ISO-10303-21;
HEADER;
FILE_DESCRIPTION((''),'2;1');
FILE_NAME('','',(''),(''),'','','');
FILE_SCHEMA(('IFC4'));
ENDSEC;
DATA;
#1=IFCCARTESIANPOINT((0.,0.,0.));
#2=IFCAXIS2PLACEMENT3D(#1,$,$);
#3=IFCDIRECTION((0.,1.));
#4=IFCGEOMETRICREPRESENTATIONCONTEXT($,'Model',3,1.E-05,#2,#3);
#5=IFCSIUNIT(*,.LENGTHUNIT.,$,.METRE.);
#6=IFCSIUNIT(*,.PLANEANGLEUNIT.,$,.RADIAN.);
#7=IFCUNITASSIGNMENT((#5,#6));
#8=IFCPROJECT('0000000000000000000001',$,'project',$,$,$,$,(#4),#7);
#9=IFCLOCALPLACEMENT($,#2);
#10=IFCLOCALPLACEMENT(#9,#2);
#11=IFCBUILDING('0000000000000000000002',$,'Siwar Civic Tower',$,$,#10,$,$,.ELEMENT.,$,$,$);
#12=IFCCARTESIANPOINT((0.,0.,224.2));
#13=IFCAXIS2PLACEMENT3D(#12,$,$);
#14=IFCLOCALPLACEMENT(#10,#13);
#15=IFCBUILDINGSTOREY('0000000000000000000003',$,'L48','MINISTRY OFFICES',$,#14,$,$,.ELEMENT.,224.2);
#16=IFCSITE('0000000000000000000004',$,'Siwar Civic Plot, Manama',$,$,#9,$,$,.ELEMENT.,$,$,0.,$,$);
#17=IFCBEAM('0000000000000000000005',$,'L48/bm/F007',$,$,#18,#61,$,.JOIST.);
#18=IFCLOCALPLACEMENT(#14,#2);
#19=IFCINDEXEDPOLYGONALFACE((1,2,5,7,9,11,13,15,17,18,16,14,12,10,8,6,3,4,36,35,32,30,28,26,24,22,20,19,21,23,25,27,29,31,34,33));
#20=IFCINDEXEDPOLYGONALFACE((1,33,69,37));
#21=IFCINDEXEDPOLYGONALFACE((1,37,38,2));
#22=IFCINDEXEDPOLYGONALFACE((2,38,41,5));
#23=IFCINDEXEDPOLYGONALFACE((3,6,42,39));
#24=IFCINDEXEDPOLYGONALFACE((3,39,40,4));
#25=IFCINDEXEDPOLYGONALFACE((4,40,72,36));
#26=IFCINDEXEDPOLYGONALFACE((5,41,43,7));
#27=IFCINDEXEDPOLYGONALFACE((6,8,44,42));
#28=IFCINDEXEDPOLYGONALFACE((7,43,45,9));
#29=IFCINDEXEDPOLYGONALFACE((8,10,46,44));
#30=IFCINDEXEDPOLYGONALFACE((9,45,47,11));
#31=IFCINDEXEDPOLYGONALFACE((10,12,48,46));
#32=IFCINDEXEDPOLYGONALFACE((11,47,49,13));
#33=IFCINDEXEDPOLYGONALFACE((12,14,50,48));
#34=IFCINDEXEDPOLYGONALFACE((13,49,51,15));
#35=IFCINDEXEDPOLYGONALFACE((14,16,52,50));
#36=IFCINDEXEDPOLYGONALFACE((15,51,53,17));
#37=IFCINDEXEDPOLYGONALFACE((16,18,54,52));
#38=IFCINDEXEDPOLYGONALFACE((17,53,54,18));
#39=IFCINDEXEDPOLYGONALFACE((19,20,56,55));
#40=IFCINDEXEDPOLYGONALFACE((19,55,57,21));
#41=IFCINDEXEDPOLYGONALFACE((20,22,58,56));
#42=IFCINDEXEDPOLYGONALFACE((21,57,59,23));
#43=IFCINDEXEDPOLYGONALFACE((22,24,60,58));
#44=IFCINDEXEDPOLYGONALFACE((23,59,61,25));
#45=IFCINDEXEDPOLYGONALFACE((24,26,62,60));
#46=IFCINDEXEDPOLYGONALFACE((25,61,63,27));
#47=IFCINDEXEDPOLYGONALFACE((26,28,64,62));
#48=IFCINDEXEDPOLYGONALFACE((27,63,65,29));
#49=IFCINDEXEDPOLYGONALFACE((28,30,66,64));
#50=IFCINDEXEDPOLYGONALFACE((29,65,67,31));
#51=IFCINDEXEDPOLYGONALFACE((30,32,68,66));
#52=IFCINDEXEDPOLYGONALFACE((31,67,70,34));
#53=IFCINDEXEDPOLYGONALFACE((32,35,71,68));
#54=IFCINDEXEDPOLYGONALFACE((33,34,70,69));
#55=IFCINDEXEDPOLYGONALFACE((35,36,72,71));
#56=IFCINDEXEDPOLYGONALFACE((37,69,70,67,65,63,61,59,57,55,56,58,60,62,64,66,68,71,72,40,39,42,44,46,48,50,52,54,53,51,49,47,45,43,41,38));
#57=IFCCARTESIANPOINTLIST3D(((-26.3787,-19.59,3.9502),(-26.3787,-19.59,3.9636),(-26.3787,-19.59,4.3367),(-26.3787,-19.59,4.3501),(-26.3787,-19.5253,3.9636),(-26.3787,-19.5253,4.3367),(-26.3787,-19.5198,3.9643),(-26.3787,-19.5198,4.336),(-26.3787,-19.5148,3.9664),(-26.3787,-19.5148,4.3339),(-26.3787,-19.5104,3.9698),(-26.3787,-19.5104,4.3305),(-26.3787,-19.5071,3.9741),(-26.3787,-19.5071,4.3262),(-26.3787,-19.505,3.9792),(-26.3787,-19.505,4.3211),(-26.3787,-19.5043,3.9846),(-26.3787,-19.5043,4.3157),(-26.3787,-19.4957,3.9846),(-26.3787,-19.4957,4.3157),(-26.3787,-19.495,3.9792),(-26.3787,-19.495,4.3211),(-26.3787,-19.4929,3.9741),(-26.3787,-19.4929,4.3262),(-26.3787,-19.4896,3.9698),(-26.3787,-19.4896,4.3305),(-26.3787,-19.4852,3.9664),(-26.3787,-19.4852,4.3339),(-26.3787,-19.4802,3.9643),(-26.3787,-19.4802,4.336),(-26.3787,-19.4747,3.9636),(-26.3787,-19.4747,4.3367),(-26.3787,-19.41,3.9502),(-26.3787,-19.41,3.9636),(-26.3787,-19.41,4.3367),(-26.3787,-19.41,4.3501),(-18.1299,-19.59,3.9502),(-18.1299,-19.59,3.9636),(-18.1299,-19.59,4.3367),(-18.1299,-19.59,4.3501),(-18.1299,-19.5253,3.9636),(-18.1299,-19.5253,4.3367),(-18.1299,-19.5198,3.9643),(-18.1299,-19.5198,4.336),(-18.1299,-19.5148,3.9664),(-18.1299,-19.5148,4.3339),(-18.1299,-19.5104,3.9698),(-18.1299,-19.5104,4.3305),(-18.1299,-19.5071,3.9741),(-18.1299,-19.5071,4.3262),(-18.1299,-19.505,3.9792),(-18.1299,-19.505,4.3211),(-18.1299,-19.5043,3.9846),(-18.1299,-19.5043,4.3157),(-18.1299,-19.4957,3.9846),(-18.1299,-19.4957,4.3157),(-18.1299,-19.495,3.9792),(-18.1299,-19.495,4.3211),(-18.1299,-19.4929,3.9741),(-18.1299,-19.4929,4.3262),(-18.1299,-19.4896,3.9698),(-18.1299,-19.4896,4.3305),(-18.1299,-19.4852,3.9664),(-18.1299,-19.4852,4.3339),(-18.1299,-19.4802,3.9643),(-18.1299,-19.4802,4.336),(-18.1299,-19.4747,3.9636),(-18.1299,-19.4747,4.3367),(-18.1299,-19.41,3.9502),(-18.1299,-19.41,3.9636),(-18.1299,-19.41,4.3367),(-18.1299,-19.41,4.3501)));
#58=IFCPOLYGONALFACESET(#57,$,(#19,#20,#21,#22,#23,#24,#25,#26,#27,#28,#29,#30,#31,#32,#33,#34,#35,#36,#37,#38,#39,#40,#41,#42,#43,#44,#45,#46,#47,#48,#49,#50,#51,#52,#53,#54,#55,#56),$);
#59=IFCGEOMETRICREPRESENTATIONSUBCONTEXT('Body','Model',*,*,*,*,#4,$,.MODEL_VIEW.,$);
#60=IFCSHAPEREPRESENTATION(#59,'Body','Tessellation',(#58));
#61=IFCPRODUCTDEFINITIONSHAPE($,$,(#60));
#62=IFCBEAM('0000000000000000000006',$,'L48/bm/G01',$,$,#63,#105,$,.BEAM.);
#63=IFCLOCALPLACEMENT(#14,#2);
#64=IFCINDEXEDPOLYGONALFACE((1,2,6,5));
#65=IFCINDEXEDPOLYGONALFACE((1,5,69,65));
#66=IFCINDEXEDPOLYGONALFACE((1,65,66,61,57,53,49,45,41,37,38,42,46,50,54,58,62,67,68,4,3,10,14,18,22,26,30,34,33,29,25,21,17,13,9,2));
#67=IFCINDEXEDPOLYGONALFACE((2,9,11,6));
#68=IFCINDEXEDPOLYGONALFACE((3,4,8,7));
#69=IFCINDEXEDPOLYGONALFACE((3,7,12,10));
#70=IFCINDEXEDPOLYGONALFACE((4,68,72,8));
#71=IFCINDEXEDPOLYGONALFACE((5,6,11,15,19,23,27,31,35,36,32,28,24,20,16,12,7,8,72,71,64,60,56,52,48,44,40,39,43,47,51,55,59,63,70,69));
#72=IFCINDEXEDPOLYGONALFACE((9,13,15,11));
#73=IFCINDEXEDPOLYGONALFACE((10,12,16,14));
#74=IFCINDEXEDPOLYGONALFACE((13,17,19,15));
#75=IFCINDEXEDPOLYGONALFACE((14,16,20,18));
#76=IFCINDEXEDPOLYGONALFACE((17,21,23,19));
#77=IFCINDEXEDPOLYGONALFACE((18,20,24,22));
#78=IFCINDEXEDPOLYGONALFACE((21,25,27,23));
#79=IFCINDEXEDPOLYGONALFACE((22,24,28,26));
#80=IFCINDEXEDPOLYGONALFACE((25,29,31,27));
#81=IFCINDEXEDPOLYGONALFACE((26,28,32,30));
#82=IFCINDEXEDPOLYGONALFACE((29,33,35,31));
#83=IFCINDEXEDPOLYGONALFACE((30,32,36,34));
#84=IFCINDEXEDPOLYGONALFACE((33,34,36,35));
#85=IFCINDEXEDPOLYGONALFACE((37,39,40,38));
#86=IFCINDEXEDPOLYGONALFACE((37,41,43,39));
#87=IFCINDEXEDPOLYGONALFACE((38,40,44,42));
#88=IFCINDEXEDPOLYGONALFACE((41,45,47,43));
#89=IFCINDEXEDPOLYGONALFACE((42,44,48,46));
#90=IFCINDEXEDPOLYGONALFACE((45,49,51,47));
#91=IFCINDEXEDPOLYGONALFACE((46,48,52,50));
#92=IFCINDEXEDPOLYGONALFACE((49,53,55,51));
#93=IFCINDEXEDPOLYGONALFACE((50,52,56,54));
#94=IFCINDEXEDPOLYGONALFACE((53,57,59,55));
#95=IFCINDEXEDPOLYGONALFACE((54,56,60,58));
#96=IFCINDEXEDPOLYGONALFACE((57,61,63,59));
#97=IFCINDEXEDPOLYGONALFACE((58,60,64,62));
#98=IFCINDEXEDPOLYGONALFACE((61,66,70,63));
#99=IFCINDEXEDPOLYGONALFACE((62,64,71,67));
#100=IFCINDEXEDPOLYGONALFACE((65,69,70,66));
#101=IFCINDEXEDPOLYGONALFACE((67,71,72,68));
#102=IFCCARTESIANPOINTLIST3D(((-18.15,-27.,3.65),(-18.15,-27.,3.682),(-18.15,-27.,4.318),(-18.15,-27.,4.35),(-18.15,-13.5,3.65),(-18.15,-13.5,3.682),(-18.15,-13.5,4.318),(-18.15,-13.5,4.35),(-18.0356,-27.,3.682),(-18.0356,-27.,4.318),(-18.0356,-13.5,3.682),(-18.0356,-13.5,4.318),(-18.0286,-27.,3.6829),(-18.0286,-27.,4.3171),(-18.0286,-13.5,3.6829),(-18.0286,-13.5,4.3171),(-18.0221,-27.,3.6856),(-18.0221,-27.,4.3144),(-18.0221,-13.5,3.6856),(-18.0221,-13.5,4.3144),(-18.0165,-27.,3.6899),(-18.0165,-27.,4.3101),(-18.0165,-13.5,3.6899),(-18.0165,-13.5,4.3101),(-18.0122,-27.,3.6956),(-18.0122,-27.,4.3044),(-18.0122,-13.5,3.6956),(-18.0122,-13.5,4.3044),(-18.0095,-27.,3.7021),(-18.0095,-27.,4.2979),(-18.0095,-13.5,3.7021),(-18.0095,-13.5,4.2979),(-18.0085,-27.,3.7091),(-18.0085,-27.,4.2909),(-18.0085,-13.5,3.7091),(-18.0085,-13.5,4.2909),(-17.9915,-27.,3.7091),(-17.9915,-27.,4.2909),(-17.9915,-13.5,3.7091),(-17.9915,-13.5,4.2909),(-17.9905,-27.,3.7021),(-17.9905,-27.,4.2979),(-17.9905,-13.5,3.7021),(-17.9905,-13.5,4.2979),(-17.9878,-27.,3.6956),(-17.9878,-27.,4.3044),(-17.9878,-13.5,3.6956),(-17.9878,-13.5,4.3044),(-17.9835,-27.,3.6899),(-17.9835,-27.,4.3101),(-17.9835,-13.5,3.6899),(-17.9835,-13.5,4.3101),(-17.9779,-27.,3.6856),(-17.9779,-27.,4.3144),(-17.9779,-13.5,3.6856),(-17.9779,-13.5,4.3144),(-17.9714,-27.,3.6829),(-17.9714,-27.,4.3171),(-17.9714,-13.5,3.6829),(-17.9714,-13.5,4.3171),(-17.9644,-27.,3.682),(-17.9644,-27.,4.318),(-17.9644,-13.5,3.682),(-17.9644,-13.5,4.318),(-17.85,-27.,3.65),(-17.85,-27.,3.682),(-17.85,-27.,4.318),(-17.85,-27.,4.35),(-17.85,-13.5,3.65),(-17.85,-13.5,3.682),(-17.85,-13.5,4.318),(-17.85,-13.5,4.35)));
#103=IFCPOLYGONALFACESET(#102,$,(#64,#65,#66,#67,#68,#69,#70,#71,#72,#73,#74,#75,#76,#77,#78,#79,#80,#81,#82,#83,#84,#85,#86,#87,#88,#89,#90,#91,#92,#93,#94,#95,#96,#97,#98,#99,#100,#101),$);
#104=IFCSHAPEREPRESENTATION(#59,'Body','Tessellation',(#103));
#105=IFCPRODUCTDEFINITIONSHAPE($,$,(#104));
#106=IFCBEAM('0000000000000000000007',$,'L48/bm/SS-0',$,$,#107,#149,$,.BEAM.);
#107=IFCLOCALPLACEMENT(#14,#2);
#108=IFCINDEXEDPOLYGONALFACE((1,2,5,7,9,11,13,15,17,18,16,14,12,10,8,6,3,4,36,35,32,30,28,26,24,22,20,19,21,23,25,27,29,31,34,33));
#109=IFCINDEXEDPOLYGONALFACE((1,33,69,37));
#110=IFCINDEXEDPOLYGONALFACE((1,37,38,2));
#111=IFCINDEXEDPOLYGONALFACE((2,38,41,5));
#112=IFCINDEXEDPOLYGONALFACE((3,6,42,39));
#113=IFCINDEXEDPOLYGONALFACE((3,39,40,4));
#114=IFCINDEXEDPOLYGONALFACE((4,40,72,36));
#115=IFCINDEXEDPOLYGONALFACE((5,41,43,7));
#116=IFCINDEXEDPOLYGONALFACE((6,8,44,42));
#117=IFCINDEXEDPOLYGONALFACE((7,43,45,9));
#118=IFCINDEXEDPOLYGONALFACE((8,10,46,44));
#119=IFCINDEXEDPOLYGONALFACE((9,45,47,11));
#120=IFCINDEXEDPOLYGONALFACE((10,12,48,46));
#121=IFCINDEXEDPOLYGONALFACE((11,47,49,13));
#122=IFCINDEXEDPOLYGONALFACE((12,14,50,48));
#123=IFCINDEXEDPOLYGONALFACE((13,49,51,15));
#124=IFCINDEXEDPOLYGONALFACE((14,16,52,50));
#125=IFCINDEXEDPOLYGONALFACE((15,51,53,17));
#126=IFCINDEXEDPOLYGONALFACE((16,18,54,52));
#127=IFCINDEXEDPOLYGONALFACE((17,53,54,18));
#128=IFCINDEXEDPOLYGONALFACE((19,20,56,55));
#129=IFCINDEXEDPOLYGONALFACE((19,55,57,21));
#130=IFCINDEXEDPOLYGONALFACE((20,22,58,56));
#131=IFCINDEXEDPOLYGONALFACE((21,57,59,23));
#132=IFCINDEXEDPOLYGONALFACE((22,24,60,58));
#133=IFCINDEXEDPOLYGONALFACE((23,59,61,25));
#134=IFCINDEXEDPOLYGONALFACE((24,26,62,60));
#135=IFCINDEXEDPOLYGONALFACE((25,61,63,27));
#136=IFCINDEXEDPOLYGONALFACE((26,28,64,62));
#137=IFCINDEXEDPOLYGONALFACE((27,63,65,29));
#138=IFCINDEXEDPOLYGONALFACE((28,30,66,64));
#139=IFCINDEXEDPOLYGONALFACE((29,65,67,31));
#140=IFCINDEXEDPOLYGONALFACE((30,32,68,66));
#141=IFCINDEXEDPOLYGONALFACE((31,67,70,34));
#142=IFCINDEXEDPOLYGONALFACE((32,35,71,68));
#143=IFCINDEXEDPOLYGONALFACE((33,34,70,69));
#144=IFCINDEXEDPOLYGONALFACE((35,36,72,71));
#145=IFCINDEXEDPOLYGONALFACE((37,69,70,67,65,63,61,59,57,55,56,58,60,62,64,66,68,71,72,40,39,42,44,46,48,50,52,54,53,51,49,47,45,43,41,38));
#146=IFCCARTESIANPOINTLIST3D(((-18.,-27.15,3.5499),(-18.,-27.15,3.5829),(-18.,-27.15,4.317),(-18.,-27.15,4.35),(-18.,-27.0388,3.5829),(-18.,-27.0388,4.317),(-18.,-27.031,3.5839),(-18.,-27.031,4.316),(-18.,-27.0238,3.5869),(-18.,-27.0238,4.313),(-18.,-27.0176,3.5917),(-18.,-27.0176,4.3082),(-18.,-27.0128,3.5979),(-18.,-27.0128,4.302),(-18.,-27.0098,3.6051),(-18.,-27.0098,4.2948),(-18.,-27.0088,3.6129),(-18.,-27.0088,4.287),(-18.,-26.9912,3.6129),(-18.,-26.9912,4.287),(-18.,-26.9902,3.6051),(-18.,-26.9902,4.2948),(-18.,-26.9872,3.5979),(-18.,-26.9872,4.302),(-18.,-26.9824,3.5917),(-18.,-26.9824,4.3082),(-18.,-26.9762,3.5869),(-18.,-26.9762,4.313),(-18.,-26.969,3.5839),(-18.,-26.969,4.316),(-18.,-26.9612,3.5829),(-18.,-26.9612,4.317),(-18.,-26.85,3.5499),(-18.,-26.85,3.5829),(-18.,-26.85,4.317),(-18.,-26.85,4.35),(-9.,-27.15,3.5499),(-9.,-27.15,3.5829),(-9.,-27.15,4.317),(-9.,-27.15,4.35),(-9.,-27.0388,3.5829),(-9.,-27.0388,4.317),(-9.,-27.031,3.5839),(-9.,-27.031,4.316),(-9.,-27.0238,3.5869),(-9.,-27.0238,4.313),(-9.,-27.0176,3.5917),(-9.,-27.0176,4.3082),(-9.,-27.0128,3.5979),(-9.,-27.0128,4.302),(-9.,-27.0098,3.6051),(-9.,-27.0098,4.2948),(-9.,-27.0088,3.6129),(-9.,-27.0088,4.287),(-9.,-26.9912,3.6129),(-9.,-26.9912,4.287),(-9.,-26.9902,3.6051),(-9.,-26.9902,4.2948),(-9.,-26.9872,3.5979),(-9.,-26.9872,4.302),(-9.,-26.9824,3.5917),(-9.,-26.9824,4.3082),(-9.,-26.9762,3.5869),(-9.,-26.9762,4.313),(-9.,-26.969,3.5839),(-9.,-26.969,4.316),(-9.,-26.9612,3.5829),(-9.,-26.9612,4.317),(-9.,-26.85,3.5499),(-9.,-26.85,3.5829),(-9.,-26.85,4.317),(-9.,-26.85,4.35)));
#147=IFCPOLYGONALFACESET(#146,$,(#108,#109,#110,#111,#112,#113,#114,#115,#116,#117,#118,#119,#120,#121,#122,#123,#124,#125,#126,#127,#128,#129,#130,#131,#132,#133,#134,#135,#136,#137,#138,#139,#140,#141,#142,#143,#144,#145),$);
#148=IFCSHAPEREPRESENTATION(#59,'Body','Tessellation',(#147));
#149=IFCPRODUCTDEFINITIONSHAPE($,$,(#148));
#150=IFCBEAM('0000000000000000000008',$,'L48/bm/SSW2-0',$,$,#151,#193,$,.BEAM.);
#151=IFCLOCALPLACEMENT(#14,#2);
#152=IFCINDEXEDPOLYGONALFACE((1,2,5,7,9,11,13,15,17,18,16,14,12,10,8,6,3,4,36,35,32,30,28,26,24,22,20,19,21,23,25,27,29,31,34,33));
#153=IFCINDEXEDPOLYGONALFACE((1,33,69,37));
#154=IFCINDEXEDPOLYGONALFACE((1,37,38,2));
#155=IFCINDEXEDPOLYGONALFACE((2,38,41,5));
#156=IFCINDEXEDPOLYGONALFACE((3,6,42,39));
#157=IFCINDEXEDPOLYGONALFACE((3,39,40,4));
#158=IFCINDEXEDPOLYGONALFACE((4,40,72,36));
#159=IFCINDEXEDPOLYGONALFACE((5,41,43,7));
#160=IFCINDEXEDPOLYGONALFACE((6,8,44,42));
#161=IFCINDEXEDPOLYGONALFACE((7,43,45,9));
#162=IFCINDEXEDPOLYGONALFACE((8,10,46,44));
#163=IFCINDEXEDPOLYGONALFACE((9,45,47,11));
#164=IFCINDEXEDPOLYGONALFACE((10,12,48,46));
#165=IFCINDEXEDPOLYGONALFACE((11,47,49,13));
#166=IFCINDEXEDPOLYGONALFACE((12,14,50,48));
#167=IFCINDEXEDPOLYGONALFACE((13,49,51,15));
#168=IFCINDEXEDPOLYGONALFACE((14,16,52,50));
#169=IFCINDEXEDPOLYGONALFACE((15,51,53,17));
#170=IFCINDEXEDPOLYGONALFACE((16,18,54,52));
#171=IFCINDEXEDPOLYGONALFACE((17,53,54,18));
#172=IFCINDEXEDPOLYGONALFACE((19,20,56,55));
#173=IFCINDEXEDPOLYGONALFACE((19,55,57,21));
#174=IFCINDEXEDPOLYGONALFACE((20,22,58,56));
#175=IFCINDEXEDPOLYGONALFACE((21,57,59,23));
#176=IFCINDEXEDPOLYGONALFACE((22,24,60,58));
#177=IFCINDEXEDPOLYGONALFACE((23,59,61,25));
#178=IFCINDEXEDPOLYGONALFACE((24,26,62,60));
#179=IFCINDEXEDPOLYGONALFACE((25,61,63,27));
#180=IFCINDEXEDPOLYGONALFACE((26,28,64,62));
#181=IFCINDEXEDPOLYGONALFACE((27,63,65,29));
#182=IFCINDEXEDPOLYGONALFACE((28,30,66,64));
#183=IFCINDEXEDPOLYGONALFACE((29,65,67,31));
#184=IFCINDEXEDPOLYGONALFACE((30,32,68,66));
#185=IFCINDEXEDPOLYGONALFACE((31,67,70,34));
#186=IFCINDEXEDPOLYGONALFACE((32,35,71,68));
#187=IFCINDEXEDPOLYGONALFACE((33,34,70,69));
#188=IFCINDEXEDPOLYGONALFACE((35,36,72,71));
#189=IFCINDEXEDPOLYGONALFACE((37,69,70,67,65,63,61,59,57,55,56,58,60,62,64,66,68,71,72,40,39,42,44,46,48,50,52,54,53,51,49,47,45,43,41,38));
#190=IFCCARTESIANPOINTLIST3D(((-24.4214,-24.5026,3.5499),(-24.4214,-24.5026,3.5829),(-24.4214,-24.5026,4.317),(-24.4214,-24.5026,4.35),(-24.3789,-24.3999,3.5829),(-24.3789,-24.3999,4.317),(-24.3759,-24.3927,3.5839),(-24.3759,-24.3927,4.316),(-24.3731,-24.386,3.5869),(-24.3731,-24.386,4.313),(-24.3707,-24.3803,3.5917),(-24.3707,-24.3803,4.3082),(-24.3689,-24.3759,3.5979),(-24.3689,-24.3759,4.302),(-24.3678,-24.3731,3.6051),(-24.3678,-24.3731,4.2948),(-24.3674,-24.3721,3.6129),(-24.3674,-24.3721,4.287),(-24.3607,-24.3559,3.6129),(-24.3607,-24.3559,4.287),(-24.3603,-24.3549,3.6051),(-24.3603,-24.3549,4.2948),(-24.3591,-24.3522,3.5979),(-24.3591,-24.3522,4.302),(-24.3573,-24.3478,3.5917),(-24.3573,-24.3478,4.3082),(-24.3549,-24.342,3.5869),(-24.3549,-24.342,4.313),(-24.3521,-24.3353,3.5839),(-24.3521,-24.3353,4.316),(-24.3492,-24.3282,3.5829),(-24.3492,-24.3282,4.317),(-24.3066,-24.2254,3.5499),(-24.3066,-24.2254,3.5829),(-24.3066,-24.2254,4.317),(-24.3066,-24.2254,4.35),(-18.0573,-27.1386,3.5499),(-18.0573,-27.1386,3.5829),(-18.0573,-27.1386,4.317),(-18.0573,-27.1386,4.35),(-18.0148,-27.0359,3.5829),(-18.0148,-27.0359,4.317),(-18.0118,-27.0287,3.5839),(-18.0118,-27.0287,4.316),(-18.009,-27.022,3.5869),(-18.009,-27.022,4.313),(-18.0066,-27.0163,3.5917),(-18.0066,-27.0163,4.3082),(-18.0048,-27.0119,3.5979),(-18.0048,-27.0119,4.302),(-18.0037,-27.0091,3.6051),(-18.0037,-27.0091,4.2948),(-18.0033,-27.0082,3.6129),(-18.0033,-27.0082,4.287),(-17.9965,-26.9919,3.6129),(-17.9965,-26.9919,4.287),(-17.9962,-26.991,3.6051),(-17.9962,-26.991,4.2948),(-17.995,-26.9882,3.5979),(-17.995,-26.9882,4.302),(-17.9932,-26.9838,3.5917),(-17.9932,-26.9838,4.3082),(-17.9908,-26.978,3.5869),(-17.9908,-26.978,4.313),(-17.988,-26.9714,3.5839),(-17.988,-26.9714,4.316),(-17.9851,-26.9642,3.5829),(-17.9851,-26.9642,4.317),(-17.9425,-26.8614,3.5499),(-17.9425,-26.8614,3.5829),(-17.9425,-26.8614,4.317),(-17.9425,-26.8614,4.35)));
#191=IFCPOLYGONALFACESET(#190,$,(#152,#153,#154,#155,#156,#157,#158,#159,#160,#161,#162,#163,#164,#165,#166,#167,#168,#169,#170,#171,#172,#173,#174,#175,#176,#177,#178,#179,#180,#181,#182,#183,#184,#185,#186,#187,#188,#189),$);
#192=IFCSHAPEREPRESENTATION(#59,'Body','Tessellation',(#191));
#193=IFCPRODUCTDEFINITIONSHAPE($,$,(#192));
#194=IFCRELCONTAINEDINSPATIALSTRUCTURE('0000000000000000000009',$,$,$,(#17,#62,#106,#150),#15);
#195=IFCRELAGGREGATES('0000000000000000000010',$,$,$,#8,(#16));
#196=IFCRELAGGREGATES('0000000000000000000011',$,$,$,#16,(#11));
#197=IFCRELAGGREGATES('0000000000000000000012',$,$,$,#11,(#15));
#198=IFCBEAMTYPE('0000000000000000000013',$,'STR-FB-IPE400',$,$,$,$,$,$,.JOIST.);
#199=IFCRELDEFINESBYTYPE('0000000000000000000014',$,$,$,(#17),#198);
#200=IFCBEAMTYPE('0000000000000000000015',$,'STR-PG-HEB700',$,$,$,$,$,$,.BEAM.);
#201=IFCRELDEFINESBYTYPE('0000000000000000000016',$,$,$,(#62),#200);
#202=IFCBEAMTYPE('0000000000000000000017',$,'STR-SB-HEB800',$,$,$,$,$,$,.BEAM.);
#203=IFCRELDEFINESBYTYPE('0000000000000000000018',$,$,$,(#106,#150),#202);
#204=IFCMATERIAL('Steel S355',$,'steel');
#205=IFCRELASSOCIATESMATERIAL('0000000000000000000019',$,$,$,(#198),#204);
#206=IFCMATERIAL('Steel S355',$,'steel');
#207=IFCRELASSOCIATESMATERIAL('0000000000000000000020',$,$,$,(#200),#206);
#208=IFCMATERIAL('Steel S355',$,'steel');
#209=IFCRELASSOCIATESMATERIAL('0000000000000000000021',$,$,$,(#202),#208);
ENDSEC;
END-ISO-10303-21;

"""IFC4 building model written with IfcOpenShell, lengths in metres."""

from ifc_helpers import new_model, si_unit, direction, frame, origin, origin_2d, place, context, subcontext, project, spatial, i_section, extrude, material, material_profile, profile_set, type_object, element, save


model = new_model("IFC4")

# Units and contexts
model_context = context("Model", 3, precision=1e-05, world=origin(), true_north=direction((0.0, 1.0)))
body_context = subcontext(model_context, "Body", "Model", "MODEL_VIEW")
ifc_project = project(units=[si_unit("LENGTHUNIT", "METRE"), si_unit("PLANEANGLEUNIT", "RADIAN")], contexts=[model_context])

# Site, building, storey
site_placement = place(None, origin())
site = spatial("IfcSite", under=ifc_project, at=site_placement, Name="Siwar Civic Plot, Manama", CompositionType="ELEMENT", RefElevation=0.0)
building_placement = place(site_placement, origin())
building = spatial("IfcBuilding", under=site, at=building_placement, Name="Siwar Civic Tower", CompositionType="ELEMENT")
storey_placement = place(building_placement, frame((0.0, 0.0, 224.2)))
storey = spatial("IfcBuildingStorey", under=building, at=storey_placement, Name="L48", Description="MINISTRY OFFICES", CompositionType="ELEMENT", Elevation=224.2)

# Beams
ifc_material_1 = material(Name="Steel S355", Category="steel")
ifc_material_profile_1 = material_profile(ifc_material_1, i_section(OverallWidth=0.1799, OverallDepth=0.3999, WebThickness=0.0085, FlangeThickness=0.0134, FilletRadius=0.021, at=origin_2d()), Name="IPE400")
ifc_profile_set_1 = profile_set([ifc_material_profile_1], Name="Steel S355")
beam_type_1 = type_object("IfcBeamType", Name="STR-FB-IPE400", PredefinedType="JOIST", material=ifc_profile_set_1)
beam_1_placement = place(storey_placement, frame((-26.3787, -19.5, 4.1501), z_axis=(1.0, 0.0, 0.0), x_axis=(0.0, 1.0, 0.0)))
element("IfcBeam", 1, at=beam_1_placement, inside=storey, type_object=beam_type_1, Name="L48/bm/F007", PredefinedType="JOIST", context=body_context, shape_type="SweptSolid", body=[
    extrude(i_section(OverallWidth=0.1799, OverallDepth=0.3999, WebThickness=0.0085, FlangeThickness=0.0134, FilletRadius=0.021, at=origin_2d()), origin(), (0.0, 0.0, 1.0), 8.2488),
])
ifc_material_2 = material(Name="Steel S355", Category="steel")
ifc_material_profile_2 = material_profile(ifc_material_2, i_section(OverallWidth=0.3, OverallDepth=0.7, WebThickness=0.0171, FlangeThickness=0.032, FilletRadius=0.0271, at=origin_2d()), Name="HEB700")
ifc_profile_set_2 = profile_set([ifc_material_profile_2], Name="Steel S355")
beam_type_2 = type_object("IfcBeamType", Name="STR-PG-HEB700", PredefinedType="BEAM", material=ifc_profile_set_2)
beam_2_placement = place(storey_placement, frame((-18.0, -27.0, 4.0), z_axis=(0.0, 1.0, 0.0), x_axis=(-1.0, 0.0, 0.0)))
element("IfcBeam", 2, at=beam_2_placement, inside=storey, type_object=beam_type_2, Name="L48/bm/G01", PredefinedType="BEAM", context=body_context, shape_type="SweptSolid", body=[
    extrude(i_section(OverallWidth=0.3, OverallDepth=0.7, WebThickness=0.0171, FlangeThickness=0.032, FilletRadius=0.0271, at=origin_2d()), origin(), (0.0, 0.0, 1.0), 13.5),
])
ifc_material_3 = material(Name="Steel S355", Category="steel")
ifc_material_profile_3 = material_profile(ifc_material_3, i_section(OverallWidth=0.3, OverallDepth=0.8, WebThickness=0.0176, FlangeThickness=0.033, FilletRadius=0.03, at=origin_2d()), Name="HEB800")
ifc_profile_set_3 = profile_set([ifc_material_profile_3], Name="Steel S355")
beam_type_3 = type_object("IfcBeamType", Name="STR-SB-HEB800", PredefinedType="BEAM", material=ifc_profile_set_3)
beam_3_placement = place(storey_placement, frame((-18.0, -27.0, 3.95), z_axis=(1.0, 0.0, 0.0), x_axis=(0.0, 1.0, 0.0)))
element("IfcBeam", 3, at=beam_3_placement, inside=storey, type_object=beam_type_3, Name="L48/bm/SS-0", PredefinedType="BEAM", context=body_context, shape_type="SweptSolid", body=[
    extrude(i_section(OverallWidth=0.3, OverallDepth=0.8, WebThickness=0.0176, FlangeThickness=0.033, FilletRadius=0.03, at=origin_2d()), origin(), (0.0, 0.0, 1.0), 9.0),
])
beam_4_placement = place(storey_placement, frame((-24.364, -24.364, 3.95), z_axis=(0.923883, -0.382674, 0.0), x_axis=(0.382674, 0.923883, 0.0)))
element("IfcBeam", 4, at=beam_4_placement, inside=storey, type_object=beam_type_3, Name="L48/bm/SSW2-0", PredefinedType="BEAM", context=body_context, shape_type="SweptSolid", body=[
    extrude(i_section(OverallWidth=0.3, OverallDepth=0.8, WebThickness=0.0176, FlangeThickness=0.033, FilletRadius=0.03, at=origin_2d()), origin(), (0.0, 0.0, 1.0), 6.8884),
])

save(model, "model.ifc")
